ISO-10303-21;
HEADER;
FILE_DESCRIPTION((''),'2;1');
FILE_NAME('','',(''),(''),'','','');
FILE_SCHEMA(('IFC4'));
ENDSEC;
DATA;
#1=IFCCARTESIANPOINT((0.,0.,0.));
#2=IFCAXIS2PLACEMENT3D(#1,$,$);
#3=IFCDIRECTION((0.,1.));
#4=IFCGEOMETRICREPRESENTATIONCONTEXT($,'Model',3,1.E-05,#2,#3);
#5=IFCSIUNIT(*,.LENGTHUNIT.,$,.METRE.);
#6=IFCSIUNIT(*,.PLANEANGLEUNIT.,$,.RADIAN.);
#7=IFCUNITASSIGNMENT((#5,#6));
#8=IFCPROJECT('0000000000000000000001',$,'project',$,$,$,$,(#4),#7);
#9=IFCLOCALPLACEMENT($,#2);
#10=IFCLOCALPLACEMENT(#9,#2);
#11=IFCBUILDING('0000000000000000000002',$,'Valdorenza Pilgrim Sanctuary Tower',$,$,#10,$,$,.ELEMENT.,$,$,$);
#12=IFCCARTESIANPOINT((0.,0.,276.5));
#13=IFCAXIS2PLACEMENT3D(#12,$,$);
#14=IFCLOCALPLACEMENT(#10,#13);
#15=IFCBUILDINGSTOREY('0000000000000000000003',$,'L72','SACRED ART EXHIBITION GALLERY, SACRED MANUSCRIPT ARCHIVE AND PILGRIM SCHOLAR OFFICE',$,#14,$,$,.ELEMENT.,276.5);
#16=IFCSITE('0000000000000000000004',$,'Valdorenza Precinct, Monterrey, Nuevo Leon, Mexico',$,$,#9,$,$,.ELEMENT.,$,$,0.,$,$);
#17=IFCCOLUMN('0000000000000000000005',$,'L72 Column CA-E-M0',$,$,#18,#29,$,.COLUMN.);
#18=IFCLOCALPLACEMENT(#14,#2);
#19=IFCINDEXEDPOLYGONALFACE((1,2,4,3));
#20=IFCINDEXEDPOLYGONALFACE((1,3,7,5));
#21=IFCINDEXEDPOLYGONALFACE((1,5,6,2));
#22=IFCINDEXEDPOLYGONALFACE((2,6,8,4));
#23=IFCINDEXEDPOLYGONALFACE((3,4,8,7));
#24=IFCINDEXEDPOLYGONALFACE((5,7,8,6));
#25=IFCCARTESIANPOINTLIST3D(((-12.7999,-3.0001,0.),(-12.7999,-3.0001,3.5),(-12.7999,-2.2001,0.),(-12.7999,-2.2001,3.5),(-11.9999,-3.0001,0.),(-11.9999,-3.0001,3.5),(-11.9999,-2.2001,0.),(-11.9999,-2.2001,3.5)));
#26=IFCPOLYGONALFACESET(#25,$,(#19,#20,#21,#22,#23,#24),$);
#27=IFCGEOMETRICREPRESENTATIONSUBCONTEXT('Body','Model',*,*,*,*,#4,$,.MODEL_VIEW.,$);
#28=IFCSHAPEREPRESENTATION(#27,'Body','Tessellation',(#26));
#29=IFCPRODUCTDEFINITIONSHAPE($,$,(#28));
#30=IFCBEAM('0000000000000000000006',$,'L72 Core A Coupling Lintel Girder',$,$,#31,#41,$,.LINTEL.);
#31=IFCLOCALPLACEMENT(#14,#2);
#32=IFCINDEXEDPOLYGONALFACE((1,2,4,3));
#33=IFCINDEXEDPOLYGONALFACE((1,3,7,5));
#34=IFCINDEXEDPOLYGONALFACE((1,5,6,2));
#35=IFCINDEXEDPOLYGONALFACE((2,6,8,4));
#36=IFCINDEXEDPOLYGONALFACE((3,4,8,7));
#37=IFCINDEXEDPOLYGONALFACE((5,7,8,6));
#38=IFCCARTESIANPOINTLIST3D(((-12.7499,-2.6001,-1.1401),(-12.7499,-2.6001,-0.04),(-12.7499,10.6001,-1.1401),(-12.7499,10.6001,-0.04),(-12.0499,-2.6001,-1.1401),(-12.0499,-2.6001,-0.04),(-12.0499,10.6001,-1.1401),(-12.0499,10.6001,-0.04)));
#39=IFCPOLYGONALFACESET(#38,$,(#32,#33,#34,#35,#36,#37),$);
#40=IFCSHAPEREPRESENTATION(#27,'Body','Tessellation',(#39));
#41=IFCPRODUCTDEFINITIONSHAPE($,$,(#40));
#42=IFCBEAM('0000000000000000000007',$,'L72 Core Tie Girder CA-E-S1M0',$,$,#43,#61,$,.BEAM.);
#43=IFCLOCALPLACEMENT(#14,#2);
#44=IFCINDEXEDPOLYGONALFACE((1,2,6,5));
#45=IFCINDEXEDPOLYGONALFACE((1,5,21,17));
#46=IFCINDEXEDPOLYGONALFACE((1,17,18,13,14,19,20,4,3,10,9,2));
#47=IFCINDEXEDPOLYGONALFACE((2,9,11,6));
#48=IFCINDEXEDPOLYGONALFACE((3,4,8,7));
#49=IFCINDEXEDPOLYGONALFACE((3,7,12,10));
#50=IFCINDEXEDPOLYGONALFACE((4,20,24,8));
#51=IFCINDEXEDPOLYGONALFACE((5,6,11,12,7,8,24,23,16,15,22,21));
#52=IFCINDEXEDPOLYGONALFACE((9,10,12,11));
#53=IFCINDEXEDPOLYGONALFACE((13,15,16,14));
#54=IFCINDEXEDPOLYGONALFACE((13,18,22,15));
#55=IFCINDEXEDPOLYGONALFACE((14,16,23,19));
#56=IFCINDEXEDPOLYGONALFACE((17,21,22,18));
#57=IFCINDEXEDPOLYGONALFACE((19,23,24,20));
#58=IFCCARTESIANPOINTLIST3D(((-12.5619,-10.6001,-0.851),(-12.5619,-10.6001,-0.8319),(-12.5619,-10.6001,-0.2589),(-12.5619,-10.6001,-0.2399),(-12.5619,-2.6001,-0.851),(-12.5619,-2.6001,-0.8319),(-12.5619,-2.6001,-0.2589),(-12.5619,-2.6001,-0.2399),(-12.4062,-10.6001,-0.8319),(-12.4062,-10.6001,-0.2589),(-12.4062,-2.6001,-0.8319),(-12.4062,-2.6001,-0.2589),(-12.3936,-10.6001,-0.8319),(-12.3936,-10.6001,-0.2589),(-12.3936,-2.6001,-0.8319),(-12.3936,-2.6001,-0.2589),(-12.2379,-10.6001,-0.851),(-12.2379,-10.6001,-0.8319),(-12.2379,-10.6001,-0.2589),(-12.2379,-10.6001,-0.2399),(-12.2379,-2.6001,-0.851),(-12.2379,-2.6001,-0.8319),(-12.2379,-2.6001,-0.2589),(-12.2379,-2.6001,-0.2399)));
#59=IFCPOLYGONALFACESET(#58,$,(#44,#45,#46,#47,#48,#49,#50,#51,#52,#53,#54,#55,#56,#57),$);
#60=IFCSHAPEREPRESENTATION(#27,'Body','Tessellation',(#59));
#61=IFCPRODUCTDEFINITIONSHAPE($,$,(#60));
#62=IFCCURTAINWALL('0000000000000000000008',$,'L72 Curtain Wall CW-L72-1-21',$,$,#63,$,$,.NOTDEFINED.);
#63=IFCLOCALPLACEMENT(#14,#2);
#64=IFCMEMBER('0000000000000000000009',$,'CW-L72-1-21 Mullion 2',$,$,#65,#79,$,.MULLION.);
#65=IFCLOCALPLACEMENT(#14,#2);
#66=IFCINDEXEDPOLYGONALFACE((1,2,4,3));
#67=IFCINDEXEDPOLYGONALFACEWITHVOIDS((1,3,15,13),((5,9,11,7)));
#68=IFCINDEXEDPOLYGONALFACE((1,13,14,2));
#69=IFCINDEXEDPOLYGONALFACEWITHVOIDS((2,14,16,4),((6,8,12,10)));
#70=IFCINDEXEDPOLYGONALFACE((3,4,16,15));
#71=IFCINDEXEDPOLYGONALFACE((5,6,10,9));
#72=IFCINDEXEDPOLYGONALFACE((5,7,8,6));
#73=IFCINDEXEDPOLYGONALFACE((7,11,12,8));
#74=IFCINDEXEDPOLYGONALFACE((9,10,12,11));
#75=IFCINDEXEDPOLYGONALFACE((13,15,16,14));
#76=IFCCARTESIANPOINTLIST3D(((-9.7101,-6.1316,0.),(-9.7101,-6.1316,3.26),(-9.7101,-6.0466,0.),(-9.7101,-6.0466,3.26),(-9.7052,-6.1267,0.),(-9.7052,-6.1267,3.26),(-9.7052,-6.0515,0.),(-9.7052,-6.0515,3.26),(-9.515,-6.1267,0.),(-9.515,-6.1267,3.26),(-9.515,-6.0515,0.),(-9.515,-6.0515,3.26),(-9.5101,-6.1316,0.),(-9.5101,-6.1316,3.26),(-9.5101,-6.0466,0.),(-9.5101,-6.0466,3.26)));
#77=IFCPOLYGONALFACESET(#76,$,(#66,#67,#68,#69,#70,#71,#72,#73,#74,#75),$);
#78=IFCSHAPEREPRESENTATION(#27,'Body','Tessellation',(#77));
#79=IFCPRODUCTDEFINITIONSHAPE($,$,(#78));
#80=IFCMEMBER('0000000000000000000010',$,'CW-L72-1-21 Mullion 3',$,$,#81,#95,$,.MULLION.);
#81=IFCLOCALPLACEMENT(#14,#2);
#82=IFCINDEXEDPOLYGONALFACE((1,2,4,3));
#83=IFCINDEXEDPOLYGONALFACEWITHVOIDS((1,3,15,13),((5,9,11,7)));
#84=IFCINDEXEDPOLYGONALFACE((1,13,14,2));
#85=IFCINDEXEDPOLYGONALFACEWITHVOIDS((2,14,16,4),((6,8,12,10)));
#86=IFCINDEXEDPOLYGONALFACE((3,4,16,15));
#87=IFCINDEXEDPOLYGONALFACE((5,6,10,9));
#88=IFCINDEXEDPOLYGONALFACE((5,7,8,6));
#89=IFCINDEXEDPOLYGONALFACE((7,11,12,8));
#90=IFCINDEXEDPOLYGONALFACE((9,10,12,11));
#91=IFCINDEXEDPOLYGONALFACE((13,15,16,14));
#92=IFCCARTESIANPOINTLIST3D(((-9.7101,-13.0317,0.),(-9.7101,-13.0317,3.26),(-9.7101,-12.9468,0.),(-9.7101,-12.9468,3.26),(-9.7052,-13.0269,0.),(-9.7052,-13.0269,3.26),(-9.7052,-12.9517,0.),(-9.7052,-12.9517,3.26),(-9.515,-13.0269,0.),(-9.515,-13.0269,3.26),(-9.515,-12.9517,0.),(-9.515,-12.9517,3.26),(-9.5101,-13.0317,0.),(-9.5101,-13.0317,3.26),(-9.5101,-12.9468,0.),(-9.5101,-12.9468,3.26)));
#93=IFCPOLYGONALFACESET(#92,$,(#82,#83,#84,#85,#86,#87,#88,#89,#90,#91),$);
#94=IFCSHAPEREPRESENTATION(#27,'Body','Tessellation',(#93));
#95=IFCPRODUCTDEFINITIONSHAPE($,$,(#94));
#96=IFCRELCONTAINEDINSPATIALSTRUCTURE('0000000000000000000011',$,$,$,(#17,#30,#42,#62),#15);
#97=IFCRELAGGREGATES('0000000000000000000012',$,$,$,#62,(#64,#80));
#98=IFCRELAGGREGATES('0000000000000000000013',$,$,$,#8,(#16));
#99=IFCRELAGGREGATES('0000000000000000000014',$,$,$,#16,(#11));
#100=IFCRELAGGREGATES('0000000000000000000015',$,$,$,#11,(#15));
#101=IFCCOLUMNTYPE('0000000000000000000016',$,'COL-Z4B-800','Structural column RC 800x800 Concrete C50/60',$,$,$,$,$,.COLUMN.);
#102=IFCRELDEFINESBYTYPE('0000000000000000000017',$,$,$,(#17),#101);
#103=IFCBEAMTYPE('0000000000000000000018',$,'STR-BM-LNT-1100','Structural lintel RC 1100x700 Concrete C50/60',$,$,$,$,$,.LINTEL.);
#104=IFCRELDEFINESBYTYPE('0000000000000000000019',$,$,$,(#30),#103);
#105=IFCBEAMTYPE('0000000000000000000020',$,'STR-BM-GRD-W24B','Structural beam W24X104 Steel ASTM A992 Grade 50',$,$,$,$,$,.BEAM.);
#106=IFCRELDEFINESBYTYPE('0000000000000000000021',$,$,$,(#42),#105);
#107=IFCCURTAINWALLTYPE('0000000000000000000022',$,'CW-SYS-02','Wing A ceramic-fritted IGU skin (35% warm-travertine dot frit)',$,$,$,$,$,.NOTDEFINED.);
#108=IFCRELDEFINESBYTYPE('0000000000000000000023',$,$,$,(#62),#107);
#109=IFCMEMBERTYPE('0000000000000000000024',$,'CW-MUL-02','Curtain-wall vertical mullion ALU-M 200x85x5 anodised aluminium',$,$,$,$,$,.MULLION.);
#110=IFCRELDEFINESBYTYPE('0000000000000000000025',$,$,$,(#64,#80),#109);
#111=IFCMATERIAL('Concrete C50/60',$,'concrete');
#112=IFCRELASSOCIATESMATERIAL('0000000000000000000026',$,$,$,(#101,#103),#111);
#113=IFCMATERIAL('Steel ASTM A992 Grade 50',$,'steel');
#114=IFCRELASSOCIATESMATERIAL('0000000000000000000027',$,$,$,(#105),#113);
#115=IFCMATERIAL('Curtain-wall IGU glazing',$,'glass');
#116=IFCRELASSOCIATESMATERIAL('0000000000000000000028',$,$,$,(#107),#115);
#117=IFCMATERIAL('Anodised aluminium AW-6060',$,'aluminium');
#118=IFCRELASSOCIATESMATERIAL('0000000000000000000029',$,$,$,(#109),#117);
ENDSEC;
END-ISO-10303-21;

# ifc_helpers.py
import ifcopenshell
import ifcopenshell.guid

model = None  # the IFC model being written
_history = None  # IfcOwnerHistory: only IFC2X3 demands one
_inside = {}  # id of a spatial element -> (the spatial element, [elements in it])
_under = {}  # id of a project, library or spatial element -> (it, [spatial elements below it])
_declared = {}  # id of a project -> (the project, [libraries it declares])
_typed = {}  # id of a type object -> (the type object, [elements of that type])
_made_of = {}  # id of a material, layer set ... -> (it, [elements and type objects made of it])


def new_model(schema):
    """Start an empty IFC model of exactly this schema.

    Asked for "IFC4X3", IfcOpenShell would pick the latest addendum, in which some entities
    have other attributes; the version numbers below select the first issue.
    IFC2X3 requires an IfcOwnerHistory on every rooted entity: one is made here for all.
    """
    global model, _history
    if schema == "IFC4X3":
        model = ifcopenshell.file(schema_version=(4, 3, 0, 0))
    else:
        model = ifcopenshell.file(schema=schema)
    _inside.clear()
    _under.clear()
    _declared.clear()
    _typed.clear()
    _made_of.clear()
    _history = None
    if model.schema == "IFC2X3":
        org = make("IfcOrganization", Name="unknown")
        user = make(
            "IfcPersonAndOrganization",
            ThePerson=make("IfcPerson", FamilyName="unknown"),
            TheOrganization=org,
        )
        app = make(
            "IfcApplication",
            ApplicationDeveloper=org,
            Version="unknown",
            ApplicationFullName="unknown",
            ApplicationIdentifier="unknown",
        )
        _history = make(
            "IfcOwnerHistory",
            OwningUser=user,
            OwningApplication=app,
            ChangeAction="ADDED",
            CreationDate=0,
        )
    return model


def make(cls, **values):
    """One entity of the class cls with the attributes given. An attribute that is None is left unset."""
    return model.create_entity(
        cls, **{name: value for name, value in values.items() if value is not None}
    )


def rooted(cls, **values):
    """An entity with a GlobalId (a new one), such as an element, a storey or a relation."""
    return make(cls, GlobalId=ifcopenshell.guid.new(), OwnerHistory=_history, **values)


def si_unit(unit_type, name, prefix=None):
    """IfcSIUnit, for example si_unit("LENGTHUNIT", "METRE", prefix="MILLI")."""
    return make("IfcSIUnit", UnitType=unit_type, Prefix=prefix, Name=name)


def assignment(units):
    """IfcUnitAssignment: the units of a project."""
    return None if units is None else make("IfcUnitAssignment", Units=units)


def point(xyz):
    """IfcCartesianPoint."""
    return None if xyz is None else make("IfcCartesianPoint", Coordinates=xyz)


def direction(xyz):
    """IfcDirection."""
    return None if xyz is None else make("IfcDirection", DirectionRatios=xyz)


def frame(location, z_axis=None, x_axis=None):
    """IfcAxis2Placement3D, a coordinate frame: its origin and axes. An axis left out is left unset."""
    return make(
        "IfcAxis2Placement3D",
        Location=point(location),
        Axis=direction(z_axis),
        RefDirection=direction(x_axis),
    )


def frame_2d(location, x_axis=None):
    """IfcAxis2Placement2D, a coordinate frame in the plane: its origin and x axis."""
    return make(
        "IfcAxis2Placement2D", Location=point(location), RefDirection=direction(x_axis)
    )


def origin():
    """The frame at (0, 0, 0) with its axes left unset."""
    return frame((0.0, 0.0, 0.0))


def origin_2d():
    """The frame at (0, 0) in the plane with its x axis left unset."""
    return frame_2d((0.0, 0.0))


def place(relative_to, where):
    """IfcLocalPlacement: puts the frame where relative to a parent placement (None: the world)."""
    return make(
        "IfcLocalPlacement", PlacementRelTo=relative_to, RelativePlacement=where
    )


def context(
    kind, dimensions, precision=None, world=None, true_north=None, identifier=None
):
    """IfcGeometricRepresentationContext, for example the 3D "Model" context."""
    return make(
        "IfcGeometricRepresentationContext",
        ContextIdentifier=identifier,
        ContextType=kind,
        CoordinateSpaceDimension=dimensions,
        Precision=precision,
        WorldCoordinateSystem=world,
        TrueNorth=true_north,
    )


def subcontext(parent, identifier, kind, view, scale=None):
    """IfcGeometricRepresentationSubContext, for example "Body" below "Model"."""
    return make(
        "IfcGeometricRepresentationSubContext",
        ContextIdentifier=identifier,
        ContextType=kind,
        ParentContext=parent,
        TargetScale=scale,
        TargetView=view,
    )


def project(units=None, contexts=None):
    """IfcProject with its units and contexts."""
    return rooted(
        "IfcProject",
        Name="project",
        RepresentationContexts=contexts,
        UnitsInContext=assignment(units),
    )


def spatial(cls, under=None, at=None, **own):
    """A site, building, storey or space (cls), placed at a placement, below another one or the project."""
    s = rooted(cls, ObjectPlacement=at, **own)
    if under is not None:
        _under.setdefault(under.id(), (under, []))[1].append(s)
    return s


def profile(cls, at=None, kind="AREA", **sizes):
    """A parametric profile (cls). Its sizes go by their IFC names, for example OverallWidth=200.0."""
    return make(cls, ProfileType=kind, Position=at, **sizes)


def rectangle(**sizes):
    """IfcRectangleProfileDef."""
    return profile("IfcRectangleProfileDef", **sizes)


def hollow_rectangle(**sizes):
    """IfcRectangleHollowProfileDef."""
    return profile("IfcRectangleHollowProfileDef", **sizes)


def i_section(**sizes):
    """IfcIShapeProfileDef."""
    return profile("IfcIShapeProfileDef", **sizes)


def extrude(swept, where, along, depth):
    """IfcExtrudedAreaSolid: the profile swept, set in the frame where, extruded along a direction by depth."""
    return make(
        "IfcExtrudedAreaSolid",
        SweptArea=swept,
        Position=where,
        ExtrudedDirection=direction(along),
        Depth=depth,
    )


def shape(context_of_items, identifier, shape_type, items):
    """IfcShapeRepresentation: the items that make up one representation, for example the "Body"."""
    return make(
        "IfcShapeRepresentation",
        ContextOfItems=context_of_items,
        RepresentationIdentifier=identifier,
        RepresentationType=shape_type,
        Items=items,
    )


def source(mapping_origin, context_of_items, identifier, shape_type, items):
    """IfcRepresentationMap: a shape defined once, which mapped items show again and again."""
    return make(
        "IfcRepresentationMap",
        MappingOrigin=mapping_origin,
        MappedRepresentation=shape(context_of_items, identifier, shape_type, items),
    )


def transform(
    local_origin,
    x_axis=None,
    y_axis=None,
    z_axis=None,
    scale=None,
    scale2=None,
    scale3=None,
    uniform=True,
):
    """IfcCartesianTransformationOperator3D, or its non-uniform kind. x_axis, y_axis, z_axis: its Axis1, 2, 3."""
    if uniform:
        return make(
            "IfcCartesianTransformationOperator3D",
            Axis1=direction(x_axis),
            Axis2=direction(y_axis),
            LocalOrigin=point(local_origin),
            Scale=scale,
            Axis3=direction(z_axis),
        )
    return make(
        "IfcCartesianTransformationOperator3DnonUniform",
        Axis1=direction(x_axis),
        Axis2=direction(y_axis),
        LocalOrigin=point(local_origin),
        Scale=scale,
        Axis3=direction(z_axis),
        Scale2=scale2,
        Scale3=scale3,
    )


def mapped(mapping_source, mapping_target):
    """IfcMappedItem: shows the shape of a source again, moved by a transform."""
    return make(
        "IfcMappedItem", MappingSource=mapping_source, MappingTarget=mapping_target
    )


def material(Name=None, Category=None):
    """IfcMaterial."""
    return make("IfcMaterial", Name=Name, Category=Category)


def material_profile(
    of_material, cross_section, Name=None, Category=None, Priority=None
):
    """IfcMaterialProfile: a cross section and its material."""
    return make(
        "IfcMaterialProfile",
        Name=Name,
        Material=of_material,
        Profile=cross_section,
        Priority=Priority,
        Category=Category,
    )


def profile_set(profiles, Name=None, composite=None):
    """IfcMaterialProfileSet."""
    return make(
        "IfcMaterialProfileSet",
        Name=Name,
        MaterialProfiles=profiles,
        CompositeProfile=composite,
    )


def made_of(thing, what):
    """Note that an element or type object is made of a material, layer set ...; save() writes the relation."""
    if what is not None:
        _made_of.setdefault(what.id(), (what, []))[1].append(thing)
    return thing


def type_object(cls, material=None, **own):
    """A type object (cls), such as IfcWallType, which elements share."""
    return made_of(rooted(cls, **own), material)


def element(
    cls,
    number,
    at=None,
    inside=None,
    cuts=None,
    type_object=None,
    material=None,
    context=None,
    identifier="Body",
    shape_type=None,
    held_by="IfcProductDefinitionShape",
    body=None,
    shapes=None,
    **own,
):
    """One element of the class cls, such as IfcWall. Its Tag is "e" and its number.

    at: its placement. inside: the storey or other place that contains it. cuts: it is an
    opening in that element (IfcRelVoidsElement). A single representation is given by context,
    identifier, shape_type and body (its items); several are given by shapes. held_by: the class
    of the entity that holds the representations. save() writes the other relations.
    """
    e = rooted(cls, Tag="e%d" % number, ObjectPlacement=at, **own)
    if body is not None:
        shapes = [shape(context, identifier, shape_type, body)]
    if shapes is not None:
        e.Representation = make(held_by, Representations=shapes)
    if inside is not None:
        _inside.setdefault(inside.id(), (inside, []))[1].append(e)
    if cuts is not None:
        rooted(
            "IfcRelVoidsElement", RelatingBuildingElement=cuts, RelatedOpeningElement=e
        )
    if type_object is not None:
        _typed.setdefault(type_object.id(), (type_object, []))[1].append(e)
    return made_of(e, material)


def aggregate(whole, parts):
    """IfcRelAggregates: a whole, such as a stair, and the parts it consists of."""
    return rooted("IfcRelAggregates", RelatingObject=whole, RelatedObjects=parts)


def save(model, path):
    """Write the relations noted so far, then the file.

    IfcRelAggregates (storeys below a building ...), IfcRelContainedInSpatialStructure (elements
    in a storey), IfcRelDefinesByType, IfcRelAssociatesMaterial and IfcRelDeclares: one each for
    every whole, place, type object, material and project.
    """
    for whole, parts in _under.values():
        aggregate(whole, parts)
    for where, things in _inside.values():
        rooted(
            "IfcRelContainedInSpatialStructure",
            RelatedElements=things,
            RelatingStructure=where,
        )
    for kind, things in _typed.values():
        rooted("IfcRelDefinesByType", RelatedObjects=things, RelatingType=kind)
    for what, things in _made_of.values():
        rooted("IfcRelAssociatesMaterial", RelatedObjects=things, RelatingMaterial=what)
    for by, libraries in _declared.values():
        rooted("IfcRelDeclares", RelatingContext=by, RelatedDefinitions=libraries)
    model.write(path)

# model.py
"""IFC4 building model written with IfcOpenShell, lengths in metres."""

from ifc_helpers import new_model, si_unit, direction, frame, origin, origin_2d, place, context, subcontext, project, spatial, rectangle, hollow_rectangle, i_section, extrude, source, transform, mapped, material, material_profile, profile_set, type_object, element, aggregate, save


model = new_model("IFC4")

# Units and contexts
model_context = context("Model", 3, precision=1e-05, world=origin(), true_north=direction((0.0, 1.0)))
body_context = subcontext(model_context, "Body", "Model", "MODEL_VIEW")
ifc_project = project(units=[si_unit("LENGTHUNIT", "METRE"), si_unit("PLANEANGLEUNIT", "RADIAN")], contexts=[model_context])

# Site, building, storey
site_placement = place(None, origin())
site = spatial("IfcSite", under=ifc_project, at=site_placement, Name="Valdorenza Precinct, Monterrey, Nuevo Leon, Mexico", CompositionType="ELEMENT", RefElevation=0.0)
building_placement = place(site_placement, origin())
building = spatial("IfcBuilding", under=site, at=building_placement, Name="Valdorenza Pilgrim Sanctuary Tower", CompositionType="ELEMENT")
storey_placement = place(building_placement, frame((0.0, 0.0, 276.5)))
storey = spatial("IfcBuildingStorey", under=building, at=storey_placement, Name="L72", Description="SACRED ART EXHIBITION GALLERY, SACRED MANUSCRIPT ARCHIVE AND PILGRIM SCHOLAR OFFICE", CompositionType="ELEMENT", Elevation=276.5)

# Column
ifc_material_1 = material(Name="Concrete C50/60", Category="concrete")
ifc_material_profile_1 = material_profile(ifc_material_1, rectangle(XDim=0.8, YDim=0.8, at=origin_2d()), Name="RC 800x800")
ifc_profile_set_1 = profile_set([ifc_material_profile_1], Name="Concrete C50/60")
column_type = type_object("IfcColumnType", Name="COL-Z4B-800", Description="Structural column RC 800x800 Concrete C50/60", PredefinedType="COLUMN", material=ifc_profile_set_1)
shared_shape_1 = source(origin(), body_context, "Body", "SweptSolid", [
    extrude(rectangle(XDim=0.8, YDim=0.8, at=origin_2d()), origin(), (0.0, 0.0, 1.0), 3.5),
])
column_placement = place(storey_placement, frame((-12.3999, -2.6001, 0.0), z_axis=(0.0, 0.0, 1.0), x_axis=(1.0, 0.0, 0.0)))
element("IfcColumn", 1, at=column_placement, inside=storey, type_object=column_type, Name="L72 Column CA-E-M0", PredefinedType="COLUMN", context=body_context, shape_type="MappedRepresentation", body=[
    mapped(shared_shape_1, transform((0.0, 0.0, 0.0), x_axis=(1.0, 0.0, 0.0), y_axis=(0.0, 1.0, 0.0), z_axis=(0.0, 0.0, 1.0), scale=1.0)),
])

# Beams
ifc_material_profile_2 = material_profile(ifc_material_1, rectangle(XDim=0.7, YDim=1.1001, at=origin_2d()), Name="RC 1100x700")
ifc_profile_set_2 = profile_set([ifc_material_profile_2], Name="Concrete C50/60")
beam_type_1 = type_object("IfcBeamType", Name="STR-BM-LNT-1100", Description="Structural lintel RC 1100x700 Concrete C50/60", PredefinedType="LINTEL", material=ifc_profile_set_2)
shared_shape_2 = source(origin(), body_context, "Body", "SweptSolid", [
    extrude(rectangle(XDim=0.7, YDim=1.1001, at=origin_2d()), origin(), (0.0, 0.0, 1.0), 13.2002),
])
beam_1_placement = place(storey_placement, frame((-12.3999, -2.6001, -0.5901), z_axis=(0.0, 1.0, 0.0), x_axis=(-1.0, 0.0, 0.0)))
element("IfcBeam", 2, at=beam_1_placement, inside=storey, type_object=beam_type_1, Name="L72 Core A Coupling Lintel Girder", PredefinedType="LINTEL", context=body_context, shape_type="MappedRepresentation", body=[
    mapped(shared_shape_2, transform((0.0, 0.0, 0.0), x_axis=(1.0, 0.0, 0.0), y_axis=(0.0, 1.0, 0.0), z_axis=(0.0, 0.0, 1.0), scale=1.0)),
])
ifc_material_2 = material(Name="Steel ASTM A992 Grade 50", Category="steel")
ifc_material_profile_3 = material_profile(ifc_material_2, i_section(OverallWidth=0.324, OverallDepth=0.6111, WebThickness=0.0127, FlangeThickness=0.019, at=origin_2d()), Name="W24X104")
ifc_profile_set_3 = profile_set([ifc_material_profile_3], Name="Steel ASTM A992 Grade 50")
beam_type_2 = type_object("IfcBeamType", Name="STR-BM-GRD-W24B", Description="Structural beam W24X104 Steel ASTM A992 Grade 50", PredefinedType="BEAM", material=ifc_profile_set_3)
shared_shape_3 = source(origin(), body_context, "Body", "SweptSolid", [
    extrude(i_section(OverallWidth=0.324, OverallDepth=0.6111, WebThickness=0.0127, FlangeThickness=0.019, at=origin_2d()), origin(), (0.0, 0.0, 1.0), 8.0),
])
beam_2_placement = place(storey_placement, frame((-12.3999, -10.6001, -0.5454), z_axis=(0.0, 1.0, 0.0), x_axis=(-1.0, 0.0, 0.0)))
element("IfcBeam", 3, at=beam_2_placement, inside=storey, type_object=beam_type_2, Name="L72 Core Tie Girder CA-E-S1M0", PredefinedType="BEAM", context=body_context, shape_type="MappedRepresentation", body=[
    mapped(shared_shape_3, transform((0.0, 0.0, 0.0), x_axis=(1.0, 0.0, 0.0), y_axis=(0.0, 1.0, 0.0), z_axis=(0.0, 0.0, 1.0), scale=1.0)),
])

# Curtain wall, members
ifc_material_3 = material(Name="Curtain-wall IGU glazing", Category="glass")
curtain_wall_type = type_object("IfcCurtainWallType", Name="CW-SYS-02", Description="Wing A ceramic-fritted IGU skin (35% warm-travertine dot frit)", PredefinedType="NOTDEFINED", material=ifc_material_3)
curtain_wall_placement = place(storey_placement, origin())
curtain_wall = element("IfcCurtainWall", 4, at=curtain_wall_placement, inside=storey, type_object=curtain_wall_type, Name="L72 Curtain Wall CW-L72-1-21", PredefinedType="NOTDEFINED")
ifc_material_4 = material(Name="Anodised aluminium AW-6060", Category="aluminium")
ifc_material_profile_4 = material_profile(ifc_material_4, hollow_rectangle(XDim=0.085, YDim=0.2, WallThickness=0.0049, at=origin_2d()), Name="ALU-M 200x85x5")
ifc_profile_set_4 = profile_set([ifc_material_profile_4], Name="Anodised aluminium AW-6060")
member_type = type_object("IfcMemberType", Name="CW-MUL-02", Description="Curtain-wall vertical mullion ALU-M 200x85x5 anodised aluminium", PredefinedType="MULLION", material=ifc_profile_set_4)
shared_shape_4 = source(origin(), body_context, "Body", "SweptSolid", [
    extrude(hollow_rectangle(XDim=0.085, YDim=0.2, WallThickness=0.0049, at=origin_2d()), origin(), (0.0, 0.0, 1.0), 3.26),
])
member_1_placement = place(storey_placement, frame((-9.6101, -6.0891, 0.0), z_axis=(0.0, 0.0, 1.0), x_axis=(0.0, -1.0, 0.0)))
member_1 = element("IfcMember", 5, at=member_1_placement, type_object=member_type, Name="CW-L72-1-21 Mullion 2", PredefinedType="MULLION", context=body_context, shape_type="MappedRepresentation", body=[
    mapped(shared_shape_4, transform((0.0, 0.0, 0.0), x_axis=(1.0, 0.0, 0.0), y_axis=(0.0, 1.0, 0.0), z_axis=(0.0, 0.0, 1.0), scale=1.0)),
])
member_2_placement = place(storey_placement, frame((-9.6101, -12.9893, 0.0), z_axis=(0.0, 0.0, 1.0), x_axis=(0.0, -1.0, 0.0)))
member_2 = element("IfcMember", 6, at=member_2_placement, type_object=member_type, Name="CW-L72-1-21 Mullion 3", PredefinedType="MULLION", context=body_context, shape_type="MappedRepresentation", body=[
    mapped(shared_shape_4, transform((0.0, 0.0, 0.0), x_axis=(1.0, 0.0, 0.0), y_axis=(0.0, 1.0, 0.0), z_axis=(0.0, 0.0, 1.0), scale=1.0)),
])

aggregate(curtain_wall, [member_1, member_2])

save(model, "model.ifc")
